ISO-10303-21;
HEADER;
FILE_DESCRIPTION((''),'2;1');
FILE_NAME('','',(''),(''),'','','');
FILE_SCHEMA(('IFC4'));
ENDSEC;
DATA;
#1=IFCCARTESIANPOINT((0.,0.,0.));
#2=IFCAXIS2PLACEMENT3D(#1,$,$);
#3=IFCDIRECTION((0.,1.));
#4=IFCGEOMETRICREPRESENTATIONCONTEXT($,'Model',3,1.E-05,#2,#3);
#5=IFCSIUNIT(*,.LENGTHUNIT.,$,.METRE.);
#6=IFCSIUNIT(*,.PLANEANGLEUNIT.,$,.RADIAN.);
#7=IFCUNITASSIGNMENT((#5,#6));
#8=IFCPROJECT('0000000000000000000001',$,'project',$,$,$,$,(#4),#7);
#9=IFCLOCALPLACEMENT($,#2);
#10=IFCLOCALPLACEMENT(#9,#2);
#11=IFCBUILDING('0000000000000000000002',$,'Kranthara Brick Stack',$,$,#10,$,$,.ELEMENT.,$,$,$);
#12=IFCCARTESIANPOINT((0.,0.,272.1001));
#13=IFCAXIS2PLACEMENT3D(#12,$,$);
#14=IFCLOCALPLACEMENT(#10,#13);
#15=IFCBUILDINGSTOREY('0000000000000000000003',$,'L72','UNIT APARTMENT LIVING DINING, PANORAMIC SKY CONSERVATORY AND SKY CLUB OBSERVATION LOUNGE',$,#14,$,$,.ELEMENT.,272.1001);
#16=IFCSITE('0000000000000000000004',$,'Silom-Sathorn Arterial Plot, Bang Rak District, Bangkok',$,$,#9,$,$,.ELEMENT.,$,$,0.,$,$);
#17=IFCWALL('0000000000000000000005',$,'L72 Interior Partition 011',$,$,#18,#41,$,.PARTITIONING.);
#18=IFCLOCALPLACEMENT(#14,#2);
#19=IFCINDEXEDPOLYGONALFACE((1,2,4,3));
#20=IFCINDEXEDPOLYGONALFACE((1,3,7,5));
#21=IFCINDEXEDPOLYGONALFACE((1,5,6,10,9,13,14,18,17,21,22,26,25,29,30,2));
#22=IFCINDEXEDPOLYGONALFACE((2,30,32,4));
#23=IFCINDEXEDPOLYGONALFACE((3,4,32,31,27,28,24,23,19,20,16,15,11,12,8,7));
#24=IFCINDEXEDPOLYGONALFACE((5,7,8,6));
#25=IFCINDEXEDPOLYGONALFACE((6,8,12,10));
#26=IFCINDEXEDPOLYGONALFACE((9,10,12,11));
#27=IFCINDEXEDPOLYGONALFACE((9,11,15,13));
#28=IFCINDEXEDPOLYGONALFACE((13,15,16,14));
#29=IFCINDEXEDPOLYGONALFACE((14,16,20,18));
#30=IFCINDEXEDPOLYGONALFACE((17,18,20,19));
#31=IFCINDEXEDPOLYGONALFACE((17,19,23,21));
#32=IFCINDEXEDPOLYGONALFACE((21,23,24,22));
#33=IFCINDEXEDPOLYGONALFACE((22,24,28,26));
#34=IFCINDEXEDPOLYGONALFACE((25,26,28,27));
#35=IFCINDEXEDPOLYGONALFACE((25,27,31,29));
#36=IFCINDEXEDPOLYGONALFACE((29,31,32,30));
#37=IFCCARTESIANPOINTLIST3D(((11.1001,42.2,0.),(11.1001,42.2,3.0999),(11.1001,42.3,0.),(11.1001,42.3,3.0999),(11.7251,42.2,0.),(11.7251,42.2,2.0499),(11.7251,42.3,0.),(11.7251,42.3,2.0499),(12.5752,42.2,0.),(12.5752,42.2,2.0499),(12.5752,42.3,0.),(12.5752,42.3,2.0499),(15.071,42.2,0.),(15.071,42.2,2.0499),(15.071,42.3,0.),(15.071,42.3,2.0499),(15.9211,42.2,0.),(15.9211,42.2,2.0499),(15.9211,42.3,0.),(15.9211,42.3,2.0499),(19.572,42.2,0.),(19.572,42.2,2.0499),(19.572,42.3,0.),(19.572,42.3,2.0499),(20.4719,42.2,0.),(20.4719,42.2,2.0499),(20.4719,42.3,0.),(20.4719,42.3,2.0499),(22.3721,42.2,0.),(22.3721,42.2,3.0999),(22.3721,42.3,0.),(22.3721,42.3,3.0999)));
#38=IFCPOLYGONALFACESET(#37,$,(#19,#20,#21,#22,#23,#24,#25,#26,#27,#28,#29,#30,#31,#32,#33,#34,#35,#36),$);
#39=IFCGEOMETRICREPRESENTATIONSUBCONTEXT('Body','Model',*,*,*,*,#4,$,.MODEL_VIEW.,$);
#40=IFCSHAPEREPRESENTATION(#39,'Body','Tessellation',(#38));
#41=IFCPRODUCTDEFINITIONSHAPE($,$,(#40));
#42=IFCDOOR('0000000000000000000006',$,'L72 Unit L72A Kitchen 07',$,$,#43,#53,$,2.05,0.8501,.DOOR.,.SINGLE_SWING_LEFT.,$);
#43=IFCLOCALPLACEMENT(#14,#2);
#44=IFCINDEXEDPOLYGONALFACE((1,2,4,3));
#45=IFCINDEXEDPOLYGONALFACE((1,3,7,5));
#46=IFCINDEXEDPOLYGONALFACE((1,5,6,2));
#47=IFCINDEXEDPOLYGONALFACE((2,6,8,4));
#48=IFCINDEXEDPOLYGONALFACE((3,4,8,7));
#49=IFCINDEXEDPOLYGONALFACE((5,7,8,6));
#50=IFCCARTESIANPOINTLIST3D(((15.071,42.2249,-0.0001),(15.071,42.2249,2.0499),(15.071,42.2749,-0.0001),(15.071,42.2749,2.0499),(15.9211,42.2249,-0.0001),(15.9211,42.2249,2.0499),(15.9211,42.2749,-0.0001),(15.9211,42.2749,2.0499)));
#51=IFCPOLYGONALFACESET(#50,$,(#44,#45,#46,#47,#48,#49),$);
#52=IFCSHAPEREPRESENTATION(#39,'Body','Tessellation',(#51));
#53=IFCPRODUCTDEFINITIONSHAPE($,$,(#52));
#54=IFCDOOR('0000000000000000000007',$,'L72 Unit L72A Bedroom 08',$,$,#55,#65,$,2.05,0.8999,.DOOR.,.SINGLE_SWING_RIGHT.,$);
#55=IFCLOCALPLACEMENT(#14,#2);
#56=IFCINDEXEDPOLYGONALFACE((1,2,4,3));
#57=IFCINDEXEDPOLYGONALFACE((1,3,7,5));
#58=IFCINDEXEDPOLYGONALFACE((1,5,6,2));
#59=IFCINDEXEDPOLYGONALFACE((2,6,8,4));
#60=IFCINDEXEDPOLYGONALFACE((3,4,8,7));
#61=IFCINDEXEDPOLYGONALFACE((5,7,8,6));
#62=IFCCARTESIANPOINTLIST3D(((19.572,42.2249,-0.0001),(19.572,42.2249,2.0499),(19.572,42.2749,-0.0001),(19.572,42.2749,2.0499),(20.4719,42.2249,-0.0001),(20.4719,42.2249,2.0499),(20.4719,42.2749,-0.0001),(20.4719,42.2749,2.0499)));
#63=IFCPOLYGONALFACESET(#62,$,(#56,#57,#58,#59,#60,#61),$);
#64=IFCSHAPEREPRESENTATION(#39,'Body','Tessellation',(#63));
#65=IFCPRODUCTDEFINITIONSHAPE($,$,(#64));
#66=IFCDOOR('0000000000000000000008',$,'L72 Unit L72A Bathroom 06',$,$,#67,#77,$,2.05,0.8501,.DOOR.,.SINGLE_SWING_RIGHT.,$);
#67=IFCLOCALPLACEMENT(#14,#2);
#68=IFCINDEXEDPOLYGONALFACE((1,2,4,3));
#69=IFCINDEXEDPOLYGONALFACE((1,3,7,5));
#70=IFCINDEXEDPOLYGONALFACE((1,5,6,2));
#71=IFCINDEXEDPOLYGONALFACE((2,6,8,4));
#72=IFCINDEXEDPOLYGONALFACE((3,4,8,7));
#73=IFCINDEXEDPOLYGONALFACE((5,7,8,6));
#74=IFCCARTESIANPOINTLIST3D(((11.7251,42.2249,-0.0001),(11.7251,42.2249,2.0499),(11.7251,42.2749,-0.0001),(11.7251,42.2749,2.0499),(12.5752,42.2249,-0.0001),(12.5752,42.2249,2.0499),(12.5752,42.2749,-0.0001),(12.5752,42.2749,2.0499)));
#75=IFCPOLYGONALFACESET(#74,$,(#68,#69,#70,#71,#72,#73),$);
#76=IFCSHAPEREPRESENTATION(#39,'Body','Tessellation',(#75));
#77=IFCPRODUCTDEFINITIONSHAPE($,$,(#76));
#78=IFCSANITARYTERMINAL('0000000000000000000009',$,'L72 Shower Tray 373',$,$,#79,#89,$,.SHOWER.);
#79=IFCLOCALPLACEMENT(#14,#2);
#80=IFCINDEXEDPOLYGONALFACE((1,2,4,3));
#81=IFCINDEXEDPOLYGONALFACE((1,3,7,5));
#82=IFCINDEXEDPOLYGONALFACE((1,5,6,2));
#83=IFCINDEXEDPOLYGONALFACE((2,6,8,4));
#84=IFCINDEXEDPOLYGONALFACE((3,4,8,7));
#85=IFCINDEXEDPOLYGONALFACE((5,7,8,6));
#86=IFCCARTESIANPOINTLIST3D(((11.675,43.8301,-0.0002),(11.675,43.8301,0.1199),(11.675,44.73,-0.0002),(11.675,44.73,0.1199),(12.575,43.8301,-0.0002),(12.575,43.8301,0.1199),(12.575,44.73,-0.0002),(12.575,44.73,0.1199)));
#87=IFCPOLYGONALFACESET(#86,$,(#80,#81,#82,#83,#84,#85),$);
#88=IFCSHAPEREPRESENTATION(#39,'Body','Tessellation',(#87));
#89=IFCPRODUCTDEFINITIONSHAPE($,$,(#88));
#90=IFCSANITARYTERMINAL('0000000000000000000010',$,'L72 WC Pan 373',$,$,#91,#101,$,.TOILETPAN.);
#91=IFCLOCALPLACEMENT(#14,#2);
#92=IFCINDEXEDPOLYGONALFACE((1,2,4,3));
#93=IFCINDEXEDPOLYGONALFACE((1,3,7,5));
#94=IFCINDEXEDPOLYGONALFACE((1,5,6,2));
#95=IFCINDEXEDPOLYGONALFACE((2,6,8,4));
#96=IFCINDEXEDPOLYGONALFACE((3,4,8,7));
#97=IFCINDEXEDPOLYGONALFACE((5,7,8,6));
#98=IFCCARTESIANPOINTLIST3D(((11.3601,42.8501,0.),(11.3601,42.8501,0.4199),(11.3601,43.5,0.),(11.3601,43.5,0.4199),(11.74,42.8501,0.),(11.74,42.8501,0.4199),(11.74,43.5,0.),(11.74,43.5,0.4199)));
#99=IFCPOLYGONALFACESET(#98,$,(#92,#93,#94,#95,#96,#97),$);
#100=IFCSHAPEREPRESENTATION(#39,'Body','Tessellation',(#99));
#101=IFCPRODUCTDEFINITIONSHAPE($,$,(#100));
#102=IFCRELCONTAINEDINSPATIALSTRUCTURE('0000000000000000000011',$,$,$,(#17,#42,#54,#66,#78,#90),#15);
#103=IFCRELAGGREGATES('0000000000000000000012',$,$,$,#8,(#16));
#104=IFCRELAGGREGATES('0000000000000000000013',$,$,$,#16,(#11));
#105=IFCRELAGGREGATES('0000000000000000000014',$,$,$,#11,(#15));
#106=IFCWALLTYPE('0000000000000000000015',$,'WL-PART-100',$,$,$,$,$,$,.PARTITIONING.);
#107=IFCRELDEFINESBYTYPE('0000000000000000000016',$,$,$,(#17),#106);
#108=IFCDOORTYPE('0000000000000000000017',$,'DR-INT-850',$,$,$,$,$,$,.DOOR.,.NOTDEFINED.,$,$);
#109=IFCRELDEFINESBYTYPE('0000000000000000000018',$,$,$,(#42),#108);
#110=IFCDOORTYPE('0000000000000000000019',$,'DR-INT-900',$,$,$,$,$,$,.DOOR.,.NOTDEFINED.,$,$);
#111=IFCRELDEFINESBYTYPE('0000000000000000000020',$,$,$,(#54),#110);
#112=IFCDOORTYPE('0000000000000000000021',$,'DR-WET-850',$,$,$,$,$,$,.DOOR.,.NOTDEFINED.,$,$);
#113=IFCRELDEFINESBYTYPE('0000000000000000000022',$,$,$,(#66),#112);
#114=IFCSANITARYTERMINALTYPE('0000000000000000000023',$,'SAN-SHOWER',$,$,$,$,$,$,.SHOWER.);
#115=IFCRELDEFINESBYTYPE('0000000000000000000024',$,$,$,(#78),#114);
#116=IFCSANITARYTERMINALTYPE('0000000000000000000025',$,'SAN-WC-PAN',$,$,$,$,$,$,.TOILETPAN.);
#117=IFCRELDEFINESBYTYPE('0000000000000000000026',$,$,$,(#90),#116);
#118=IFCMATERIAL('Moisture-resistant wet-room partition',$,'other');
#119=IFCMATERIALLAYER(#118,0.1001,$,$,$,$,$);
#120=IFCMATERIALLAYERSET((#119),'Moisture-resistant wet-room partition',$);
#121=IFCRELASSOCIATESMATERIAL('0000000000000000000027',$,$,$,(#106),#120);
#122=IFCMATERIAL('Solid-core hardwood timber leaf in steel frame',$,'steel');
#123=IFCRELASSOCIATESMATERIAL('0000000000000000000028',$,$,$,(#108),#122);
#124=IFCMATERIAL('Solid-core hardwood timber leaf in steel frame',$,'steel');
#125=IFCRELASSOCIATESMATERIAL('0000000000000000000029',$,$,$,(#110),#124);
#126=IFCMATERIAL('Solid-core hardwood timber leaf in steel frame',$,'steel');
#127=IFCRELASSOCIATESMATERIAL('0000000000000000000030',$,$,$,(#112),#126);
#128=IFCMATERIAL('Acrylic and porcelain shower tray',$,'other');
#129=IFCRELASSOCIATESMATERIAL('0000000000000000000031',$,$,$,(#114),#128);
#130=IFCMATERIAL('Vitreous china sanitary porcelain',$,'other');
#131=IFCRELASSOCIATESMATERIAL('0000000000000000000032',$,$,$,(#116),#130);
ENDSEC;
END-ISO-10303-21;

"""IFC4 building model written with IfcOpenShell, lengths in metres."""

from ifc_helpers import new_model, si_unit, direction, frame, frame_2d, origin, origin_2d, place, context, subcontext, project, spatial, rectangle, extrude, material, layer, layer_set, type_object, element, fill, save


model = new_model("IFC4")

# Units and contexts
model_context = context("Model", 3, precision=1e-05, world=origin(), true_north=direction((0.0, 1.0)))
body_context = subcontext(model_context, "Body", "Model", "MODEL_VIEW")
ifc_project = project(units=[si_unit("LENGTHUNIT", "METRE"), si_unit("PLANEANGLEUNIT", "RADIAN")], contexts=[model_context])

# Site, building, storey
site_placement = place(None, origin())
site = spatial("IfcSite", under=ifc_project, at=site_placement, Name="Silom-Sathorn Arterial Plot, Bang Rak District, Bangkok", CompositionType="ELEMENT", RefElevation=0.0)
building_placement = place(site_placement, origin())
building = spatial("IfcBuilding", under=site, at=building_placement, Name="Kranthara Brick Stack", CompositionType="ELEMENT")
storey_placement = place(building_placement, frame((0.0, 0.0, 272.1001)))
storey = spatial("IfcBuildingStorey", under=building, at=storey_placement, Name="L72", Description="UNIT APARTMENT LIVING DINING, PANORAMIC SKY CONSERVATORY AND SKY CLUB OBSERVATION LOUNGE", CompositionType="ELEMENT", Elevation=272.1001)

# Wall, openings, doors
ifc_material_1 = material(Name="Moisture-resistant wet-room partition", Category="other")
ifc_layer_1 = layer(ifc_material_1, 0.1001)
ifc_layer_set_1 = layer_set([ifc_layer_1], Name="Moisture-resistant wet-room partition")
wall_type_1 = type_object("IfcWallType", Name="WL-PART-100", PredefinedType="PARTITIONING", material=ifc_layer_set_1)
wall_1_placement = place(storey_placement, frame((11.1001, 42.25, 0.0), z_axis=(0.0, 0.0, 1.0), x_axis=(1.0, 0.0, 0.0)))
wall_1 = element("IfcWall", 1, at=wall_1_placement, inside=storey, type_object=wall_type_1, Name="L72 Interior Partition 011", PredefinedType="PARTITIONING", context=body_context, shape_type="SweptSolid", body=[
    extrude(rectangle(XDim=11.272, YDim=0.1001, at=frame_2d((5.636, 0.0))), origin(), (0.0, 0.0, 1.0), 3.0999),
])
opening_1_placement = place(wall_1_placement, frame((0.625, 0.0, 0.0)))
opening_1 = element("IfcOpeningElement", 2, at=opening_1_placement, cuts=wall_1, PredefinedType="OPENING", context=body_context, shape_type="SweptSolid", body=[
    extrude(rectangle(XDim=0.8501, YDim=2.05, at=frame_2d((0.425, 1.0249))), frame((0.0, 0.0601, 0.0), z_axis=(0.0, -1.0, 0.0), x_axis=(1.0, 0.0, 0.0)), (0.0, 0.0, 1.0), 0.1201),
])
opening_2_placement = place(wall_1_placement, frame((3.9709, 0.0, 0.0)))
opening_2 = element("IfcOpeningElement", 3, at=opening_2_placement, cuts=wall_1, PredefinedType="OPENING", context=body_context, shape_type="SweptSolid", body=[
    extrude(rectangle(XDim=0.8501, YDim=2.05, at=frame_2d((0.425, 1.0249))), frame((0.0, 0.0601, 0.0), z_axis=(0.0, -1.0, 0.0), x_axis=(1.0, 0.0, 0.0)), (0.0, 0.0, 1.0), 0.1201),
])
opening_3_placement = place(wall_1_placement, frame((8.4719, 0.0, 0.0)))
opening_3 = element("IfcOpeningElement", 4, at=opening_3_placement, cuts=wall_1, PredefinedType="OPENING", context=body_context, shape_type="SweptSolid", body=[
    extrude(rectangle(XDim=0.8999, YDim=2.05, at=frame_2d((0.45, 1.0249))), frame((0.0, 0.0601, 0.0), z_axis=(0.0, -1.0, 0.0), x_axis=(1.0, 0.0, 0.0)), (0.0, 0.0, 1.0), 0.1201),
])
ifc_material_2 = material(Name="Solid-core hardwood timber leaf in steel frame", Category="steel")
door_type_1 = type_object("IfcDoorType", Name="DR-INT-850", OperationType="NOTDEFINED", PredefinedType="DOOR", material=ifc_material_2)
door_1_placement = place(opening_2_placement, origin())
door_1 = element("IfcDoor", 5, at=door_1_placement, inside=storey, type_object=door_type_1, Name="L72 Unit L72A Kitchen 07", OperationType="SINGLE_SWING_LEFT", OverallHeight=2.05, OverallWidth=0.8501, PredefinedType="DOOR", context=body_context, shape_type="SweptSolid", body=[
    extrude(rectangle(XDim=0.8501, YDim=2.05, at=frame_2d((0.425, 1.0249))), frame((0.0, 0.0249, 0.0), z_axis=(0.0, -1.0, 0.0), x_axis=(1.0, 0.0, 0.0)), (0.0, 0.0, 1.0), 0.05),
])
fill(opening_2, door_1)
ifc_material_3 = material(Name="Solid-core hardwood timber leaf in steel frame", Category="steel")
door_type_2 = type_object("IfcDoorType", Name="DR-INT-900", OperationType="NOTDEFINED", PredefinedType="DOOR", material=ifc_material_3)
door_2_placement = place(opening_3_placement, origin())
door_2 = element("IfcDoor", 6, at=door_2_placement, inside=storey, type_object=door_type_2, Name="L72 Unit L72A Bedroom 08", OperationType="SINGLE_SWING_RIGHT", OverallHeight=2.05, OverallWidth=0.8999, PredefinedType="DOOR", context=body_context, shape_type="SweptSolid", body=[
    extrude(rectangle(XDim=0.8999, YDim=2.05, at=frame_2d((0.45, 1.0249))), frame((0.0, 0.0249, 0.0), z_axis=(0.0, -1.0, 0.0), x_axis=(1.0, 0.0, 0.0)), (0.0, 0.0, 1.0), 0.05),
])
fill(opening_3, door_2)
ifc_material_4 = material(Name="Solid-core hardwood timber leaf in steel frame", Category="steel")
door_type_3 = type_object("IfcDoorType", Name="DR-WET-850", OperationType="NOTDEFINED", PredefinedType="DOOR", material=ifc_material_4)
door_3_placement = place(opening_1_placement, origin())
door_3 = element("IfcDoor", 7, at=door_3_placement, inside=storey, type_object=door_type_3, Name="L72 Unit L72A Bathroom 06", OperationType="SINGLE_SWING_RIGHT", OverallHeight=2.05, OverallWidth=0.8501, PredefinedType="DOOR", context=body_context, shape_type="SweptSolid", body=[
    extrude(rectangle(XDim=0.8501, YDim=2.05, at=frame_2d((0.425, 1.0249))), frame((0.0, 0.0249, 0.0), z_axis=(0.0, -1.0, 0.0), x_axis=(1.0, 0.0, 0.0)), (0.0, 0.0, 1.0), 0.05),
])
fill(opening_1, door_3)

# Sanitary terminals
ifc_material_5 = material(Name="Acrylic and porcelain shower tray", Category="other")
sanitary_terminal_type_1 = type_object("IfcSanitaryTerminalType", Name="SAN-SHOWER", PredefinedType="SHOWER", material=ifc_material_5)
sanitary_terminal_1_placement = place(storey_placement, frame((12.125, 44.28, -0.0002), z_axis=(0.0, 0.0, 1.0), x_axis=(1.0, 0.0, 0.0)))
element("IfcSanitaryTerminal", 8, at=sanitary_terminal_1_placement, inside=storey, type_object=sanitary_terminal_type_1, Name="L72 Shower Tray 373", PredefinedType="SHOWER", context=body_context, shape_type="SweptSolid", body=[
    extrude(rectangle(XDim=0.8999, YDim=0.8999, at=origin_2d()), origin(), (0.0, 0.0, 1.0), 0.1201),
])
ifc_material_6 = material(Name="Vitreous china sanitary porcelain", Category="other")
sanitary_terminal_type_2 = type_object("IfcSanitaryTerminalType", Name="SAN-WC-PAN", PredefinedType="TOILETPAN", material=ifc_material_6)
sanitary_terminal_2_placement = place(storey_placement, frame((11.55, 43.175, 0.0), z_axis=(0.0, 0.0, 1.0), x_axis=(1.0, 0.0, 0.0)))
element("IfcSanitaryTerminal", 9, at=sanitary_terminal_2_placement, inside=storey, type_object=sanitary_terminal_type_2, Name="L72 WC Pan 373", PredefinedType="TOILETPAN", context=body_context, shape_type="SweptSolid", body=[
    extrude(rectangle(XDim=0.3799, YDim=0.6499, at=origin_2d()), origin(), (0.0, 0.0, 1.0), 0.4199),
])

save(model, "model.ifc")
